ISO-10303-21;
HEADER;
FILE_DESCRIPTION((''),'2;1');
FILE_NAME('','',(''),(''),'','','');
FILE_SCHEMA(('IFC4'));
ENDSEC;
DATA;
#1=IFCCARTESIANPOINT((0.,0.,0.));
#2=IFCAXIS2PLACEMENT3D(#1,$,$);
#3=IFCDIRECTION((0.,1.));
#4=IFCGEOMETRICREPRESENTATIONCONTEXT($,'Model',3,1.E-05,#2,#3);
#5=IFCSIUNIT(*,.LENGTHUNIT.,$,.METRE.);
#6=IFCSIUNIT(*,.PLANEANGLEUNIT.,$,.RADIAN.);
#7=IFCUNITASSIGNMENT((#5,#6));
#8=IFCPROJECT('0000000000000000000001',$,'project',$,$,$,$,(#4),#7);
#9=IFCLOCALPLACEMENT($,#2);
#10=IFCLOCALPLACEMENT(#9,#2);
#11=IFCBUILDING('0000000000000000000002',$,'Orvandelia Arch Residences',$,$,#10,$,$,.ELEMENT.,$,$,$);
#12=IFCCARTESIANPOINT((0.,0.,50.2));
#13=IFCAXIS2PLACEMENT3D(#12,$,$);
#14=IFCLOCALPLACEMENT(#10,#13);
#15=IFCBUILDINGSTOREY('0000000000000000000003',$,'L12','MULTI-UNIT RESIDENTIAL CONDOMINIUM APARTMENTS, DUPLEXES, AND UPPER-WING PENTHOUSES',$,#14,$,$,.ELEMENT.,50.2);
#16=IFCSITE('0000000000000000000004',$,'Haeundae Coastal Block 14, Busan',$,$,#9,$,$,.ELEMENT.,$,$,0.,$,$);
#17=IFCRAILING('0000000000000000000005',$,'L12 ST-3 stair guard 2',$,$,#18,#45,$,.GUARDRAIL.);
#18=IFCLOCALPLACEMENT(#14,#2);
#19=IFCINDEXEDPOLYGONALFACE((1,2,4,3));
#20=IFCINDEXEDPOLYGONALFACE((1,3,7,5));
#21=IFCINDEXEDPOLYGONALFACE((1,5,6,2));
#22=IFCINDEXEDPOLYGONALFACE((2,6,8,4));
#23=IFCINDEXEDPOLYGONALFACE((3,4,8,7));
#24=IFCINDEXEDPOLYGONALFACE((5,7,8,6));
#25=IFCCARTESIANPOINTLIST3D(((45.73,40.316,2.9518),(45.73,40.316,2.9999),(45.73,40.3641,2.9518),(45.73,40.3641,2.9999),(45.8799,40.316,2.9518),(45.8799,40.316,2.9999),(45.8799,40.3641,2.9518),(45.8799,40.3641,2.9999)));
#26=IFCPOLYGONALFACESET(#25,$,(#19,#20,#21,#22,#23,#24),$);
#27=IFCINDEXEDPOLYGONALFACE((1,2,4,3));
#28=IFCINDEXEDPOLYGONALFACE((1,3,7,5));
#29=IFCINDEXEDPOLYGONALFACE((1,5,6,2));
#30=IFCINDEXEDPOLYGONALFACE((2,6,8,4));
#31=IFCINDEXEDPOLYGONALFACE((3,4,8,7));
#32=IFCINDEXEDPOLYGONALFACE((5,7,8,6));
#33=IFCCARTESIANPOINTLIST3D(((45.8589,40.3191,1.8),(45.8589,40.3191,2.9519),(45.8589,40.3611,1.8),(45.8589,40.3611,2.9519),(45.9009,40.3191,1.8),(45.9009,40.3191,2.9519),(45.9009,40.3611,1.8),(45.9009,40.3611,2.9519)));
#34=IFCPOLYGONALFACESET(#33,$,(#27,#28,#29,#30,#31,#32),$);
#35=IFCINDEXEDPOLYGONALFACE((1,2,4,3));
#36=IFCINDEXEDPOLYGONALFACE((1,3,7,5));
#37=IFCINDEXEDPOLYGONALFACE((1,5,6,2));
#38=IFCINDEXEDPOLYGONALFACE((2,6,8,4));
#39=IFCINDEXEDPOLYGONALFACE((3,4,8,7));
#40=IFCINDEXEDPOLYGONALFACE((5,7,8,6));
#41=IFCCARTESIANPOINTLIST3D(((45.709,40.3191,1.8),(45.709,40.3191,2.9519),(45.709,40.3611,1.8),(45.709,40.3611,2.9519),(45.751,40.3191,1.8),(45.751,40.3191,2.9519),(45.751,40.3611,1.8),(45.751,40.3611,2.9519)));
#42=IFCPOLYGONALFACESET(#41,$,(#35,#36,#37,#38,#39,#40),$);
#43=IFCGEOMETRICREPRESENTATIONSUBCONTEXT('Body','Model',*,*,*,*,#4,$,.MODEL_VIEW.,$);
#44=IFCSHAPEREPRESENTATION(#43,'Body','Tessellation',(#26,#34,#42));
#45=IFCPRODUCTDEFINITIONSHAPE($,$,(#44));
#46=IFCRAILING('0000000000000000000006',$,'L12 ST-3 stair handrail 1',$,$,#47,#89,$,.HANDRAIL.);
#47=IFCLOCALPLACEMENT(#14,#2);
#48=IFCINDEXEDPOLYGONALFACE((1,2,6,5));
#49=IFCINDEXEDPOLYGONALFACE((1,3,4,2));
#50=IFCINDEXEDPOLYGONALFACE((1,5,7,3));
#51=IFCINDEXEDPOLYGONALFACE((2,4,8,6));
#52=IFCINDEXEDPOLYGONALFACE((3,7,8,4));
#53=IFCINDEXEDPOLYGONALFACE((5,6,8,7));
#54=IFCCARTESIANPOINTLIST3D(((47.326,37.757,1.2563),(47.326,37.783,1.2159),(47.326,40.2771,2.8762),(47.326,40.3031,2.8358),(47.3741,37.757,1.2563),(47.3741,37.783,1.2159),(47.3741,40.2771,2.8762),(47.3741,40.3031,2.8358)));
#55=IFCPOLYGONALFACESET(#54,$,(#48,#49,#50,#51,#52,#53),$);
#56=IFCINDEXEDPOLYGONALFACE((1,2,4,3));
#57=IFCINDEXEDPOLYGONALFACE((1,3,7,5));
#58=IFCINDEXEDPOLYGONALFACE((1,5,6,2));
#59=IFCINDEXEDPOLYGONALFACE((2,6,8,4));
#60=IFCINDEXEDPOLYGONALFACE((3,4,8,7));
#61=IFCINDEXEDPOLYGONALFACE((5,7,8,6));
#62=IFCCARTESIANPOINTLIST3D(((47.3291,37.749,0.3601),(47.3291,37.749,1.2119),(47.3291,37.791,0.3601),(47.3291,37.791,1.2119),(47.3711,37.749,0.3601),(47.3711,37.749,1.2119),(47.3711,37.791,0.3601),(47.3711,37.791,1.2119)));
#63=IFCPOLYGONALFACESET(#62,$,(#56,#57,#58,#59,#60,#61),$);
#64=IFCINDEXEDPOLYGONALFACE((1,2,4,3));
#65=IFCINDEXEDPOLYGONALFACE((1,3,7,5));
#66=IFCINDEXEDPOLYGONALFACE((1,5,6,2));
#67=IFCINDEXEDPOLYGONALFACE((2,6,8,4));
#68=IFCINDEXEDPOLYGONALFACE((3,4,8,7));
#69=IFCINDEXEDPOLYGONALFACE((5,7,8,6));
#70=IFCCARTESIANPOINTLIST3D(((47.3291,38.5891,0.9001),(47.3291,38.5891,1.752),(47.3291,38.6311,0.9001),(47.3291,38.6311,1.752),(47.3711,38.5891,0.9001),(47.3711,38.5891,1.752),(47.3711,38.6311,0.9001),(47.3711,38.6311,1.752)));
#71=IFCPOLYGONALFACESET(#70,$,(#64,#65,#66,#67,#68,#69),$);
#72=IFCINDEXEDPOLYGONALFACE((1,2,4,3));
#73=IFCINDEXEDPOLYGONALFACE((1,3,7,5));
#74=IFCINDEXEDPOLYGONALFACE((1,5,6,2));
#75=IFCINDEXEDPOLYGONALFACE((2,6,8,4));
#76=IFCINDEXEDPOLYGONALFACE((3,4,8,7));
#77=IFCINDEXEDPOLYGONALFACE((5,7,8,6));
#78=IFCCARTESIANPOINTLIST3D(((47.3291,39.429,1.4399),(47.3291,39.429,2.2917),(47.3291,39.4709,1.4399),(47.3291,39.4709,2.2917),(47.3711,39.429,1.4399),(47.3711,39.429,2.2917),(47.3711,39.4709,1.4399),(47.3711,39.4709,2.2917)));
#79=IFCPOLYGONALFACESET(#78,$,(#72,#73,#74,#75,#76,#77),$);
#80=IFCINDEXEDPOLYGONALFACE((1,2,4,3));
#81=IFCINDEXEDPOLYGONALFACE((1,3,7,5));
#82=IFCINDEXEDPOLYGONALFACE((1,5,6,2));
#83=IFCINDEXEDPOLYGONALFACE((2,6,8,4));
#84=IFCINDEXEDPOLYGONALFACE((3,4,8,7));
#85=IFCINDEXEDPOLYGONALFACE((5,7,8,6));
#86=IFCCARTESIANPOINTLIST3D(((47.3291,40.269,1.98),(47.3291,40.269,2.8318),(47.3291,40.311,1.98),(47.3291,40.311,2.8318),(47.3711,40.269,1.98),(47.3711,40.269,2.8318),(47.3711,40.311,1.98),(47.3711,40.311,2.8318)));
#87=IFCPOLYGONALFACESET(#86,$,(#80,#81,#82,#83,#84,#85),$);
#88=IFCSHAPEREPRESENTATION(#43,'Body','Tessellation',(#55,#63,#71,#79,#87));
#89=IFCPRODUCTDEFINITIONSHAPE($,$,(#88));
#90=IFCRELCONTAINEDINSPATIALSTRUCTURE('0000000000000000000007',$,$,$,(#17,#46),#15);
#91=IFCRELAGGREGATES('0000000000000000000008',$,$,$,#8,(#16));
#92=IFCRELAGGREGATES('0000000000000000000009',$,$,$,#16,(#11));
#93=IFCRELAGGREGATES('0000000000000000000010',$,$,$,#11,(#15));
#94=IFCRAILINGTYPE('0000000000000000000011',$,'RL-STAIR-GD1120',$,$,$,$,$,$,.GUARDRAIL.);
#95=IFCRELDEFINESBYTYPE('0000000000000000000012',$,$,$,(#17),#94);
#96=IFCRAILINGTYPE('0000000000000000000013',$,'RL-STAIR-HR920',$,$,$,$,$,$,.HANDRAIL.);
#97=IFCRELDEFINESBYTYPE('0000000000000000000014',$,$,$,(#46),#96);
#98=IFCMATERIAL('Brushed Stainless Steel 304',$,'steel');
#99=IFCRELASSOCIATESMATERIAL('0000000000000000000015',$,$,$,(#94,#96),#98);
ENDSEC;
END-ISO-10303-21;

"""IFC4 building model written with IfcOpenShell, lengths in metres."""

from ifc_helpers import new_model, si_unit, direction, frame, origin, origin_2d, place, context, subcontext, project, spatial, rectangle, extrude, material, type_object, element, save


model = new_model("IFC4")

# Units and contexts
model_context = context("Model", 3, precision=1e-05, world=origin(), true_north=direction((0.0, 1.0)))
body_context = subcontext(model_context, "Body", "Model", "MODEL_VIEW")
ifc_project = project(units=[si_unit("LENGTHUNIT", "METRE"), si_unit("PLANEANGLEUNIT", "RADIAN")], contexts=[model_context])

# Site, building, storey
site_placement = place(None, origin())
site = spatial("IfcSite", under=ifc_project, at=site_placement, Name="Haeundae Coastal Block 14, Busan", CompositionType="ELEMENT", RefElevation=0.0)
building_placement = place(site_placement, origin())
building = spatial("IfcBuilding", under=site, at=building_placement, Name="Orvandelia Arch Residences", CompositionType="ELEMENT")
storey_placement = place(building_placement, frame((0.0, 0.0, 50.2)))
storey = spatial("IfcBuildingStorey", under=building, at=storey_placement, Name="L12", Description="MULTI-UNIT RESIDENTIAL CONDOMINIUM APARTMENTS, DUPLEXES, AND UPPER-WING PENTHOUSES", CompositionType="ELEMENT", Elevation=50.2)

# Railings
ifc_material_1 = material(Name="Brushed Stainless Steel 304", Category="steel")
railing_type_1 = type_object("IfcRailingType", Name="RL-STAIR-GD1120", PredefinedType="GUARDRAIL", material=ifc_material_1)
railing_1_placement = place(storey_placement, frame((45.8799, 40.3401, 1.8)))
element("IfcRailing", 1, at=railing_1_placement, inside=storey, type_object=railing_type_1, Name="L12 ST-3 stair guard 2", PredefinedType="GUARDRAIL", context=body_context, shape_type="SweptSolid", body=[
    extrude(rectangle(XDim=0.0481, YDim=0.0481, at=origin_2d()), frame((0.0, 0.0, 1.1758), z_axis=(-1.0, 0.0, 0.0), x_axis=(0.0, -1.0, 0.0)), (0.0, 0.0, 1.0), 0.1499),
    extrude(rectangle(XDim=0.042, YDim=0.042, at=origin_2d()), origin(), (0.0, 0.0, 1.0), 1.1519),
    extrude(rectangle(XDim=0.042, YDim=0.042, at=origin_2d()), frame((-0.1499, 0.0, 0.0)), (0.0, 0.0, 1.0), 1.1519),
])
railing_type_2 = type_object("IfcRailingType", Name="RL-STAIR-HR920", PredefinedType="HANDRAIL", material=ifc_material_1)
railing_2_placement = place(storey_placement, frame((47.3501, 37.77, 0.3601)))
element("IfcRailing", 2, at=railing_2_placement, inside=storey, type_object=railing_type_2, Name="L12 ST-3 stair handrail 1", PredefinedType="HANDRAIL", context=body_context, shape_type="SweptSolid", body=[
    extrude(rectangle(XDim=0.0481, YDim=0.0481, at=origin_2d()), frame((0.0, 0.0, 0.876), z_axis=(0.0, 0.8412, 0.540725), x_axis=(-1.0, 0.0, 0.0)), (0.0, 0.0, 1.0), 2.9958),
    extrude(rectangle(XDim=0.042, YDim=0.042, at=origin_2d()), origin(), (0.0, 0.0, 1.0), 0.8518),
    extrude(rectangle(XDim=0.042, YDim=0.042, at=origin_2d()), frame((0.0, 0.8401, 0.54)), (0.0, 0.0, 1.0), 0.8518),
    extrude(rectangle(XDim=0.042, YDim=0.042, at=origin_2d()), frame((0.0, 1.6799, 1.0798)), (0.0, 0.0, 1.0), 0.8518),
    extrude(rectangle(XDim=0.042, YDim=0.042, at=origin_2d()), frame((0.0, 2.52, 1.6199)), (0.0, 0.0, 1.0), 0.8518),
])

save(model, "model.ifc")
